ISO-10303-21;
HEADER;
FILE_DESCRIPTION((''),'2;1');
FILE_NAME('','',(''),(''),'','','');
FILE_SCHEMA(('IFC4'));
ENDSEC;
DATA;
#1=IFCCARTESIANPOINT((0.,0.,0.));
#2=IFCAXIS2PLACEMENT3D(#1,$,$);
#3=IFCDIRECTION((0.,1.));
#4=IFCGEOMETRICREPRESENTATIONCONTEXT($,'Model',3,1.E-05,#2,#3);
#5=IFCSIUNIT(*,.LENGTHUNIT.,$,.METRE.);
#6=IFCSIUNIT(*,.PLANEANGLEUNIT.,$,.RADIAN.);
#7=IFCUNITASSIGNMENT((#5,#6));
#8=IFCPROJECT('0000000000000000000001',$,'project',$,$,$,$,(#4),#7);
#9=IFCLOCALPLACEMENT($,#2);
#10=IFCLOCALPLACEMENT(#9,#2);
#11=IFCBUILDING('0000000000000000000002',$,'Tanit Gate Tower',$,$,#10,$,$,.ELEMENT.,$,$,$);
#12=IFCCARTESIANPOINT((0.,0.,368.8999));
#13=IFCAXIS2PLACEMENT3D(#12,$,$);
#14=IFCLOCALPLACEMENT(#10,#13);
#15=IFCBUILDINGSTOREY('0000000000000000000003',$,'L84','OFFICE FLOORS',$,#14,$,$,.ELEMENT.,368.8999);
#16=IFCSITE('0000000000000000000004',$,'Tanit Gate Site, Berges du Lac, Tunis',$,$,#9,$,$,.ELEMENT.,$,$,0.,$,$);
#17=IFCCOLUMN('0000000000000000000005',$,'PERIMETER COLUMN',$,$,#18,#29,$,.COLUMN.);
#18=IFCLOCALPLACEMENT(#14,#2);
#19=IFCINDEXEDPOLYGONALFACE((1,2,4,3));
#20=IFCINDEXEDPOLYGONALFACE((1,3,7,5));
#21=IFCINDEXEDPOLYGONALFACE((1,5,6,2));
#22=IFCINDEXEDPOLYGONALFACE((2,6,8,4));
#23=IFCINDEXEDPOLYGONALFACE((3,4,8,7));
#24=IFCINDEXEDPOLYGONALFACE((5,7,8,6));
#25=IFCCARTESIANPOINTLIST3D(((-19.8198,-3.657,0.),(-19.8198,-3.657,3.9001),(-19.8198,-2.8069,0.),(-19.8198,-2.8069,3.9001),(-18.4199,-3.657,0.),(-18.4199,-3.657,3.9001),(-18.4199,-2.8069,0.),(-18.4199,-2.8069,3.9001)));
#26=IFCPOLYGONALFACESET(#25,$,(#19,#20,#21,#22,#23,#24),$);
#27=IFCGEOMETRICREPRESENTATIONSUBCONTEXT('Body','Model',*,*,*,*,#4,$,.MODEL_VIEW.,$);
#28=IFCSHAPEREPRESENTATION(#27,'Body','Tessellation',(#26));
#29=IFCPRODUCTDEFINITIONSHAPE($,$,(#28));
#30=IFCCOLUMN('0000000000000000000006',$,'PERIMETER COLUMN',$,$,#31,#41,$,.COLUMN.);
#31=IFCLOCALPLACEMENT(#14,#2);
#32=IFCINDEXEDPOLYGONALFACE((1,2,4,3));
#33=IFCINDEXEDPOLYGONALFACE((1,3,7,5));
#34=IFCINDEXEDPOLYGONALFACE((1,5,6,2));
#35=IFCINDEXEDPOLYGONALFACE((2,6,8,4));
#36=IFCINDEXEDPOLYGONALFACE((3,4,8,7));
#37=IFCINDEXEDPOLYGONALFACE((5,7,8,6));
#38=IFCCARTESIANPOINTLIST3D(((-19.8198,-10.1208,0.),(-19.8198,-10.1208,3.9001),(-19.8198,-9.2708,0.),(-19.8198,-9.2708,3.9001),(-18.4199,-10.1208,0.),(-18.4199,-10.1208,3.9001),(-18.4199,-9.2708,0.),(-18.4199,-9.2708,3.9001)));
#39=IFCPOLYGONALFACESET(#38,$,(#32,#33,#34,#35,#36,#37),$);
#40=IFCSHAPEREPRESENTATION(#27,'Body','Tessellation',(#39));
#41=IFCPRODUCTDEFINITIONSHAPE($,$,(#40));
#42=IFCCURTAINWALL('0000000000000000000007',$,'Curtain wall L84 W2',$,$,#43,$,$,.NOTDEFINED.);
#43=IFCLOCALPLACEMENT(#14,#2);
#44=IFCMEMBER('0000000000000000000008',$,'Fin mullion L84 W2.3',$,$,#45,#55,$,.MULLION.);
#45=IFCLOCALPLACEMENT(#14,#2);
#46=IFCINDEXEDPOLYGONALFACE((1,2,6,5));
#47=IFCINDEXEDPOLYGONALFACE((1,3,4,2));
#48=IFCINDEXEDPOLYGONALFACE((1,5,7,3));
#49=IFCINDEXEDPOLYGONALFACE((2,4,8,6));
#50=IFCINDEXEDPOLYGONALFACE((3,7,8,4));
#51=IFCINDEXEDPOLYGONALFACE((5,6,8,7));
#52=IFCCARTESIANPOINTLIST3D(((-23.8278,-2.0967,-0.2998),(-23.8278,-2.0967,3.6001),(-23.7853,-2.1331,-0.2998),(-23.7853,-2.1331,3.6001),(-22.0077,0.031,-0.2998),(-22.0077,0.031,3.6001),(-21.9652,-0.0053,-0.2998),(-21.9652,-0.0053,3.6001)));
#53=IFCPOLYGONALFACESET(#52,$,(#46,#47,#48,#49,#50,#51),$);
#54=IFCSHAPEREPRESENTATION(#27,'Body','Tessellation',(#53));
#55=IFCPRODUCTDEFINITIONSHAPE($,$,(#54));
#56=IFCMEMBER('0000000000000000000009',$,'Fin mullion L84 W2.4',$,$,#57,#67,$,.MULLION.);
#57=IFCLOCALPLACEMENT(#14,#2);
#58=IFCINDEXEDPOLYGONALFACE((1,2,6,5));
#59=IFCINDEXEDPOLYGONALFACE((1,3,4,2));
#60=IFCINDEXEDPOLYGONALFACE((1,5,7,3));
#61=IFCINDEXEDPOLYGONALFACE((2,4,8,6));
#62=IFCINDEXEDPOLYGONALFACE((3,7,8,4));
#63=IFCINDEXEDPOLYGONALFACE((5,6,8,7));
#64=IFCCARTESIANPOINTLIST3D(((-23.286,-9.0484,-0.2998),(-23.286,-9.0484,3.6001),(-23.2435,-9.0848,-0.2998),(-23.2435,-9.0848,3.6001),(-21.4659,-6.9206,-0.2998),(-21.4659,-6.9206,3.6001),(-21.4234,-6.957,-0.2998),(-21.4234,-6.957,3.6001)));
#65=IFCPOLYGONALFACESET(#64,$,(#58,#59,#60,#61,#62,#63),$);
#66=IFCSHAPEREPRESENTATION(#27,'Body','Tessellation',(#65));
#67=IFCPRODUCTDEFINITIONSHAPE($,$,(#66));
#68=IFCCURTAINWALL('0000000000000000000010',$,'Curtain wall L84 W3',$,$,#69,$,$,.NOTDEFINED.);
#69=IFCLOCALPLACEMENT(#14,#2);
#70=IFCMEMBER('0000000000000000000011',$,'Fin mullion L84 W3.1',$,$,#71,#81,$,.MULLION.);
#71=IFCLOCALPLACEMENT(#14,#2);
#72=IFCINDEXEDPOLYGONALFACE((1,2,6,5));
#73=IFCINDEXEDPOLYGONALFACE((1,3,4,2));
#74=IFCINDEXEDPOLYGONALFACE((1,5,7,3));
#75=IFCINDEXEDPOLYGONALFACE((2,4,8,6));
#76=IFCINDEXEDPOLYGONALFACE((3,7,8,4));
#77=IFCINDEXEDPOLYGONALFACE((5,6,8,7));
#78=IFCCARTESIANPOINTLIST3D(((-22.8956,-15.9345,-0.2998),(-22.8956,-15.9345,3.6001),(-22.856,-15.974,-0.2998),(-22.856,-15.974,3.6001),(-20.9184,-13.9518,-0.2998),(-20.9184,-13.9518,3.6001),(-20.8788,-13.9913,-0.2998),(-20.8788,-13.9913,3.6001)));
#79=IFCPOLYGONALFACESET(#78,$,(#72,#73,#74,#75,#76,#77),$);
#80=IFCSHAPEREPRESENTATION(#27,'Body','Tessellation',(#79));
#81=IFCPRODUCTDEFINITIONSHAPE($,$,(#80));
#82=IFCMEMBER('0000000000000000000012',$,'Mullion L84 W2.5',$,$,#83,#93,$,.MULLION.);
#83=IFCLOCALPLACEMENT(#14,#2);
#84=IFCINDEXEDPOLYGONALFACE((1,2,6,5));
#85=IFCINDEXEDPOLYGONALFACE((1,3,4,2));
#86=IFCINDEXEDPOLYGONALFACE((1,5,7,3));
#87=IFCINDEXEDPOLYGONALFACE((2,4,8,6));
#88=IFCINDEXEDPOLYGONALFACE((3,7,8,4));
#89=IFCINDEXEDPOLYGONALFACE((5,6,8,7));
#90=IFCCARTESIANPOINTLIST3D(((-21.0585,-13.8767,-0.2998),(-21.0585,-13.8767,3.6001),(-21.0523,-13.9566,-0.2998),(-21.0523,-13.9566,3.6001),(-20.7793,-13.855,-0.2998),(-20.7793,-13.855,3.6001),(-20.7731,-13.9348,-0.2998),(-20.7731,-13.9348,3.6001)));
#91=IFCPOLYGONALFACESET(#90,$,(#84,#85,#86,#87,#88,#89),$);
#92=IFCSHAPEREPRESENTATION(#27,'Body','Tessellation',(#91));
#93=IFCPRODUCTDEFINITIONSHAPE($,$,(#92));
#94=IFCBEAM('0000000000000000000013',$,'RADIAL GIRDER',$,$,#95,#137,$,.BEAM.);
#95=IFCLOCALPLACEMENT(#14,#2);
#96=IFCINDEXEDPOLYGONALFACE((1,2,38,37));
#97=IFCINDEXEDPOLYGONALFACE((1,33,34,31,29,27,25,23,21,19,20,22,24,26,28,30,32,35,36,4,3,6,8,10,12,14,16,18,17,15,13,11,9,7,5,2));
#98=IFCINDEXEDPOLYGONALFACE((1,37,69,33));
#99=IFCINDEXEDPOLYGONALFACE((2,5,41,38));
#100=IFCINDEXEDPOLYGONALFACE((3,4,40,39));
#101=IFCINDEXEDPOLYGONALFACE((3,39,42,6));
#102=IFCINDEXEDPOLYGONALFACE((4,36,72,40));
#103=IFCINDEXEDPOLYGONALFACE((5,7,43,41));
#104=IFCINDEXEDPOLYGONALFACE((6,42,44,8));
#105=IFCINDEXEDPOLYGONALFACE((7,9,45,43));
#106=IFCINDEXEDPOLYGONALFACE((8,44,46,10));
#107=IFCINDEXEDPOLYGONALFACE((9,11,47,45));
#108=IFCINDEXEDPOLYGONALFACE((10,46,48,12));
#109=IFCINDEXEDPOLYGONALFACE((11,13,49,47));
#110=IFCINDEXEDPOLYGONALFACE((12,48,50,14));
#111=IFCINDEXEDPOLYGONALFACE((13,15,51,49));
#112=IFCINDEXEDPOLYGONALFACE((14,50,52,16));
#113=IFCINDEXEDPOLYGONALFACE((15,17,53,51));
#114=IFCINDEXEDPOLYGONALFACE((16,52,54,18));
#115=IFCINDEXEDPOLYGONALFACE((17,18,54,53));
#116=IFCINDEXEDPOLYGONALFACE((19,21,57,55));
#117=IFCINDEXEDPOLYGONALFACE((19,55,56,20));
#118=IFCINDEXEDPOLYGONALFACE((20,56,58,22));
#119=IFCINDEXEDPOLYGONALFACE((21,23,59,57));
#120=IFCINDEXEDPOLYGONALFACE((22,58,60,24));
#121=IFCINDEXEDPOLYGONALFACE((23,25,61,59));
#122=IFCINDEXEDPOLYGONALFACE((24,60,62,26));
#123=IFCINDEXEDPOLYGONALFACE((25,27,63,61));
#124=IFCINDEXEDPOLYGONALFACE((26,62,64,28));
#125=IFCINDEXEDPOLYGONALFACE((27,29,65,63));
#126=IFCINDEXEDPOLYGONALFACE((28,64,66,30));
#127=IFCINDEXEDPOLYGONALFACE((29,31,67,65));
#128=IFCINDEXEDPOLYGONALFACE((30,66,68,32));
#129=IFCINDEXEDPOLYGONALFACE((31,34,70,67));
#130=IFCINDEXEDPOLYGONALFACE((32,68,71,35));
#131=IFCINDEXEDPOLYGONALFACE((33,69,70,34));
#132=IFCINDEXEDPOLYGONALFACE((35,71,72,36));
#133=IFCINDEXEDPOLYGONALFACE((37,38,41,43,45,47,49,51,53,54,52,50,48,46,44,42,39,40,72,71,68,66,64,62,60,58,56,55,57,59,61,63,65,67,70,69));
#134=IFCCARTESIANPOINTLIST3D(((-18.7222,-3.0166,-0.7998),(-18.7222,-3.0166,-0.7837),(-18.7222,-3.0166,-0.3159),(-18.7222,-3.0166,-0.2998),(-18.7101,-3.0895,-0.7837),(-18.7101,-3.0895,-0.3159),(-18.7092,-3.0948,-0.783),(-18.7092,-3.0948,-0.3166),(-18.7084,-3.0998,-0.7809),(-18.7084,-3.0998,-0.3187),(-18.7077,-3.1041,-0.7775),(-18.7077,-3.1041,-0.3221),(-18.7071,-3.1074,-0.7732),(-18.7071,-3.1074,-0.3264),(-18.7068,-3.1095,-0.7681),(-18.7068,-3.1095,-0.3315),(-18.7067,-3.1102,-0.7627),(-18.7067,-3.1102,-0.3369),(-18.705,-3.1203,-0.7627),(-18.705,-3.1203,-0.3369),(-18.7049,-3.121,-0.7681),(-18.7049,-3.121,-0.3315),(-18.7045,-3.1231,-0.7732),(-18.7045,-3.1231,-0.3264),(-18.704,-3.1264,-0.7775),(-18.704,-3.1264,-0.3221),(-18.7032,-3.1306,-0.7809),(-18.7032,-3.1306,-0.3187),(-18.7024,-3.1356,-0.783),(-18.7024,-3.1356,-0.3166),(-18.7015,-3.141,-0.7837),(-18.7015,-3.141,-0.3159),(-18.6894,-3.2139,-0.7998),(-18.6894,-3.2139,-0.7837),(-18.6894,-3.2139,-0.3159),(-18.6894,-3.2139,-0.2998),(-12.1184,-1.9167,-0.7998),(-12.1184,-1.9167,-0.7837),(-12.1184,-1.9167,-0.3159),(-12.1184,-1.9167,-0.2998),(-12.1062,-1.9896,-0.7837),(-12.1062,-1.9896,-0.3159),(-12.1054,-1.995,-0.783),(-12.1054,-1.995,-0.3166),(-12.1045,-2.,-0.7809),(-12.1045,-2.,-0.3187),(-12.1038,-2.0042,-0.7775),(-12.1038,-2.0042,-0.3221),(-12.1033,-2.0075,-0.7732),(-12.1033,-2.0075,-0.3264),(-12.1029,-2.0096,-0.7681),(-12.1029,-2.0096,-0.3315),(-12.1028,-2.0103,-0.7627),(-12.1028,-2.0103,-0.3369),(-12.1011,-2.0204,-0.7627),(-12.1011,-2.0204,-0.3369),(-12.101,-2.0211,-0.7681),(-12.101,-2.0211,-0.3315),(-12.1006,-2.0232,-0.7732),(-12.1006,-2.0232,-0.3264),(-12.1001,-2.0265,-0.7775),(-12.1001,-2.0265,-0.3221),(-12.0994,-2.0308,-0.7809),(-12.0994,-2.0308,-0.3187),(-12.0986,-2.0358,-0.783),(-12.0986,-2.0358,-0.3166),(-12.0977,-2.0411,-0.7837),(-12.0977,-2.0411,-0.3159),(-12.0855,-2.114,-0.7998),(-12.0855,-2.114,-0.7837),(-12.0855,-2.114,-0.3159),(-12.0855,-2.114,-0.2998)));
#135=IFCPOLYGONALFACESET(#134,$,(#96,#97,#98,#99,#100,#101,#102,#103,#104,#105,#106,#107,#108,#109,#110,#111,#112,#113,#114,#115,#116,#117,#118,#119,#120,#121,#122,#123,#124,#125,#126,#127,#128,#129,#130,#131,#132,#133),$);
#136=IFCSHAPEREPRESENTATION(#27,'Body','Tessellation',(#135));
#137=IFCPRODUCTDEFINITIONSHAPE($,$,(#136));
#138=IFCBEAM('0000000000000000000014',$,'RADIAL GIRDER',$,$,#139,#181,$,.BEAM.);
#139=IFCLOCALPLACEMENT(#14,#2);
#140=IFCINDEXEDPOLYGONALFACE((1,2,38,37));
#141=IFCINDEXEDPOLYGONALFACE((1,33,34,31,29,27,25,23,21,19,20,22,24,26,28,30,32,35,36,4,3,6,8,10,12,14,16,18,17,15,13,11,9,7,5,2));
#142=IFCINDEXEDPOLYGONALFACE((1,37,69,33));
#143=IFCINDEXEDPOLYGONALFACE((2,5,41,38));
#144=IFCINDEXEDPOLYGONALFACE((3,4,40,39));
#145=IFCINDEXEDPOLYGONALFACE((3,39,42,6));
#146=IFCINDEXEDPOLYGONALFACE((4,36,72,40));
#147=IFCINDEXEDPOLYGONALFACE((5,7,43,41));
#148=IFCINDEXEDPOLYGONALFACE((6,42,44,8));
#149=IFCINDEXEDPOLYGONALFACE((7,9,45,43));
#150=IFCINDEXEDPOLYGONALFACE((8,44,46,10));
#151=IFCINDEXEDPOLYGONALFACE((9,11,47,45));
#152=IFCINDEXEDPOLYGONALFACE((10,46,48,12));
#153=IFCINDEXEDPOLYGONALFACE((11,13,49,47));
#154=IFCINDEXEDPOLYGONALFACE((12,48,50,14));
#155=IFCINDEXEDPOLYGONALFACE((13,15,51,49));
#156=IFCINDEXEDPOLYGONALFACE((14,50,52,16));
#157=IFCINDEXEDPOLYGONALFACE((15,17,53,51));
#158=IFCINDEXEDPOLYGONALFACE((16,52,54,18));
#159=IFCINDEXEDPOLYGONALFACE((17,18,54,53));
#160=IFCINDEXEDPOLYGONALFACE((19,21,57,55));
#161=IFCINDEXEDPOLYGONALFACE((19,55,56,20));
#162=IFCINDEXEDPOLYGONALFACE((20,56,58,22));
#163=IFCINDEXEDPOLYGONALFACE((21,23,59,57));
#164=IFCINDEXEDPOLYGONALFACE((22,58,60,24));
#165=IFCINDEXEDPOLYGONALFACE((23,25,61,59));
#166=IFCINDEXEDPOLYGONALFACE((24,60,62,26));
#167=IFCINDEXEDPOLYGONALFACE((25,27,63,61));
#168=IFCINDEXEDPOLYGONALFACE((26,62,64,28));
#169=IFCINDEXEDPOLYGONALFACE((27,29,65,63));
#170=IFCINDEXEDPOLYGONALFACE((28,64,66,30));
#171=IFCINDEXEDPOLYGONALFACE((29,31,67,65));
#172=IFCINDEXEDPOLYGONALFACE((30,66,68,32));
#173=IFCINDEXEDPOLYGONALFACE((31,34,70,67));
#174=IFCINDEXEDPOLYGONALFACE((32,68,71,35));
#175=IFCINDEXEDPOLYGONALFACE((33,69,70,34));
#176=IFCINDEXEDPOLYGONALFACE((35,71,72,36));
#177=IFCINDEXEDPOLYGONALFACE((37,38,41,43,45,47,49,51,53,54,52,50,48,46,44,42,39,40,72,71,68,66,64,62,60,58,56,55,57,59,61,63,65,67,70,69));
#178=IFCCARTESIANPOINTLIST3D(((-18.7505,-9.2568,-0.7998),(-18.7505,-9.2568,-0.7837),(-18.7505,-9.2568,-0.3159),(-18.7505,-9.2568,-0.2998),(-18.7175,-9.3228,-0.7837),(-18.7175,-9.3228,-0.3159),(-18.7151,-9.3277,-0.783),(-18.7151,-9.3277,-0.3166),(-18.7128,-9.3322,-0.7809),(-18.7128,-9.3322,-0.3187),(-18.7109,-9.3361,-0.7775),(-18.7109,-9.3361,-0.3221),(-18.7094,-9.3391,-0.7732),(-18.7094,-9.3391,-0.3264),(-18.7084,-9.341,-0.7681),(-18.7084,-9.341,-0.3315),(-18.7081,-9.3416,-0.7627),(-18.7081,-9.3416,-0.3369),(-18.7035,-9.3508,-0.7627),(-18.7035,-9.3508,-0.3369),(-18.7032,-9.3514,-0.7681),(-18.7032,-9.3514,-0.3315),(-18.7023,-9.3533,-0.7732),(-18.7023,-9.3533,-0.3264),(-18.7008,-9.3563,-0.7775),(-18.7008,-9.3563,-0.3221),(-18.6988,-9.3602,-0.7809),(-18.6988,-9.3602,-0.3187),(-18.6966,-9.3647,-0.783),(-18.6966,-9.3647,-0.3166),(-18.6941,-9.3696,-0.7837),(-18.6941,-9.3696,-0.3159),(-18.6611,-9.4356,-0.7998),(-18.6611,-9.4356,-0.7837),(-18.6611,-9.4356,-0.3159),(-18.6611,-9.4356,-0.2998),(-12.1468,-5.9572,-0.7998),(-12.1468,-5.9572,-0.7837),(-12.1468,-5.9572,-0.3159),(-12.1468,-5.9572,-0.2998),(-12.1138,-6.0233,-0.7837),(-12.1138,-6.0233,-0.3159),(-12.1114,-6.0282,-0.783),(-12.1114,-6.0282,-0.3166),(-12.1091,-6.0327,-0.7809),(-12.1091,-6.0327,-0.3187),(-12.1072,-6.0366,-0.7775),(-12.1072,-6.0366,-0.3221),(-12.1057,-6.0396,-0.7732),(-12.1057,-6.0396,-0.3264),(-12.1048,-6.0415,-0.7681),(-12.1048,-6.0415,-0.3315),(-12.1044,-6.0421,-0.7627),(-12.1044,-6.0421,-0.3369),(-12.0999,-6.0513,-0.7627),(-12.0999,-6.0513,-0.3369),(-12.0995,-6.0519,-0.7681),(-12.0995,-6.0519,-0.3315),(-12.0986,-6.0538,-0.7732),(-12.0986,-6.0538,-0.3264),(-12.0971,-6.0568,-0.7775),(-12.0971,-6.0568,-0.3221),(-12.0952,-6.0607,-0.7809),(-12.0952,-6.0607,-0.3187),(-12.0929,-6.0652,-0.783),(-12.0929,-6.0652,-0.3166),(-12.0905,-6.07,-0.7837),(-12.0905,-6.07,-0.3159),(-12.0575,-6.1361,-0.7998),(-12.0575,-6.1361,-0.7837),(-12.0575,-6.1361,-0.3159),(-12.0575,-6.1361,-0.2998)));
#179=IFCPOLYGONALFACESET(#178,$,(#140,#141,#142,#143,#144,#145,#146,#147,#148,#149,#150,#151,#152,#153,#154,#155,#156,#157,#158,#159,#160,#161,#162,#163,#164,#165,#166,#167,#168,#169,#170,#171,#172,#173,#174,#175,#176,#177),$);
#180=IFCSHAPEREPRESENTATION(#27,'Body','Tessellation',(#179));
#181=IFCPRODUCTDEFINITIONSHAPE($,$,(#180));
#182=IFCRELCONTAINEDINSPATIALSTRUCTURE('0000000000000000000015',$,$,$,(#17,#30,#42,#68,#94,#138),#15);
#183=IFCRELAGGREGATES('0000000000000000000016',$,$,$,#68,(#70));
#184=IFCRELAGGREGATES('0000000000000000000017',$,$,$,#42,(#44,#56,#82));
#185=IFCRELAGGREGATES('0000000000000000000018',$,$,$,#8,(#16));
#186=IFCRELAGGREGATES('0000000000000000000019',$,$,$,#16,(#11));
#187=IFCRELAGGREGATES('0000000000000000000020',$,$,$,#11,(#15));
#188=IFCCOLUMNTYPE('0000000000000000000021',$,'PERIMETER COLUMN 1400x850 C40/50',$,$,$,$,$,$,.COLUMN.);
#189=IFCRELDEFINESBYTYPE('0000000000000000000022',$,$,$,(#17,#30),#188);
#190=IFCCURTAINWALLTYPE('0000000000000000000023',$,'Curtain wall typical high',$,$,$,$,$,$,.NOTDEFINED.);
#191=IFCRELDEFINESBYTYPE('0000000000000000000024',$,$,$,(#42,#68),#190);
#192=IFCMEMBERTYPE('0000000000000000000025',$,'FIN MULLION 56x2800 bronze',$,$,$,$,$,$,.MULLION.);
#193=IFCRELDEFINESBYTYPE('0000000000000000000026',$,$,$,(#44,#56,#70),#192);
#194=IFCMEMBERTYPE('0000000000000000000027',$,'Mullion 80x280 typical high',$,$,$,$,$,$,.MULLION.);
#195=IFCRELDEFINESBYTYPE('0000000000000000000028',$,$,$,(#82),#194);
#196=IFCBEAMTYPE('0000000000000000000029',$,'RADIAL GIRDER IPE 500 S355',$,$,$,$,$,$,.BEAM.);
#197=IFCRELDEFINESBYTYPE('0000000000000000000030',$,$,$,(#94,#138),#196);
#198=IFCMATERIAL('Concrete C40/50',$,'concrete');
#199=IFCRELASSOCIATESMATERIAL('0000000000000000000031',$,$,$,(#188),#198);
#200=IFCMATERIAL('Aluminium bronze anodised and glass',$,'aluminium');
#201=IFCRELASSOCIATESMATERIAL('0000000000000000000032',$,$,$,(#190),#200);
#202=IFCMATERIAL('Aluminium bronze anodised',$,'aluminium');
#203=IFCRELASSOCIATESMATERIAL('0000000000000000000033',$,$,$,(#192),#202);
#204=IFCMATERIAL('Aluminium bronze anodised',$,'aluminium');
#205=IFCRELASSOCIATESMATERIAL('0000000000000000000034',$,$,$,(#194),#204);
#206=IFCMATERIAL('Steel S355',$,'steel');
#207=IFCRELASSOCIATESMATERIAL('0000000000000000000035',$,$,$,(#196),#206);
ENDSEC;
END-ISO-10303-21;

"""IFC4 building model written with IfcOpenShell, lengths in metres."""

from ifc_helpers import new_model, si_unit, direction, frame, origin, origin_2d, place, context, subcontext, project, spatial, rectangle, i_section, extrude, material, material_profile, profile_set, type_object, element, aggregate, save


model = new_model("IFC4")

# Units and contexts
model_context = context("Model", 3, precision=1e-05, world=origin(), true_north=direction((0.0, 1.0)))
body_context = subcontext(model_context, "Body", "Model", "MODEL_VIEW")
ifc_project = project(units=[si_unit("LENGTHUNIT", "METRE"), si_unit("PLANEANGLEUNIT", "RADIAN")], contexts=[model_context])

# Site, building, storey
site_placement = place(None, origin())
site = spatial("IfcSite", under=ifc_project, at=site_placement, Name="Tanit Gate Site, Berges du Lac, Tunis", CompositionType="ELEMENT", RefElevation=0.0)
building_placement = place(site_placement, origin())
building = spatial("IfcBuilding", under=site, at=building_placement, Name="Tanit Gate Tower", CompositionType="ELEMENT")
storey_placement = place(building_placement, frame((0.0, 0.0, 368.8999)))
storey = spatial("IfcBuildingStorey", under=building, at=storey_placement, Name="L84", Description="OFFICE FLOORS", CompositionType="ELEMENT", Elevation=368.8999)

# Columns
ifc_material_1 = material(Name="Concrete C40/50", Category="concrete")
ifc_material_profile_1 = material_profile(ifc_material_1, rectangle(XDim=1.3999, YDim=0.8501, at=origin_2d()), Name="RC 1400x850")
ifc_profile_set_1 = profile_set([ifc_material_profile_1], Name="Concrete C40/50")
column_type = type_object("IfcColumnType", Name="PERIMETER COLUMN 1400x850 C40/50", PredefinedType="COLUMN", material=ifc_profile_set_1)
for number, where, z_axis, x_axis, name in (
    (1, (-19.1199, -3.2319, 0.0), (0.0, 0.0, 1.0), (-1.0, 0.0, 0.0), "PERIMETER COLUMN"),
    (2, (-19.1199, -9.6958, 0.0), (0.0, 0.0, 1.0), (-1.0, 0.0, 0.0), "PERIMETER COLUMN"),
):
    element("IfcColumn", number, at=place(storey_placement, frame(where, z_axis=z_axis, x_axis=x_axis)), inside=storey, type_object=column_type, Name=name, PredefinedType="COLUMN", context=body_context, shape_type="SweptSolid", body=[
        extrude(rectangle(XDim=1.3999, YDim=0.8501, at=origin_2d()), origin(), (0.0, 0.0, 1.0), 3.9001),
    ])

# Curtain wall, members
ifc_material_2 = material(Name="Aluminium bronze anodised and glass", Category="aluminium")
curtain_wall_type = type_object("IfcCurtainWallType", Name="Curtain wall typical high", PredefinedType="NOTDEFINED", material=ifc_material_2)
curtain_wall_1_placement = place(storey_placement, origin())
curtain_wall_1 = element("IfcCurtainWall", 3, at=curtain_wall_1_placement, inside=storey, type_object=curtain_wall_type, Name="Curtain wall L84 W2", PredefinedType="NOTDEFINED")
ifc_material_3 = material(Name="Aluminium bronze anodised", Category="aluminium")
ifc_material_profile_2 = material_profile(ifc_material_3, rectangle(XDim=2.8, YDim=0.0559, at=origin_2d()), Name="56x2800 bronze fin mullion")
ifc_profile_set_2 = profile_set([ifc_material_profile_2], Name="Aluminium bronze anodised")
member_type_1 = type_object("IfcMemberType", Name="FIN MULLION 56x2800 bronze", PredefinedType="MULLION", material=ifc_profile_set_2)
member_1_placement = place(storey_placement, frame((-22.8965, -1.051, -0.2998), z_axis=(0.0, 0.0, 1.0), x_axis=(0.650026, 0.759912, 0.0)))
member_1 = element("IfcMember", 4, at=member_1_placement, type_object=member_type_1, Name="Fin mullion L84 W2.3", PredefinedType="MULLION", context=body_context, shape_type="SweptSolid", body=[
    extrude(rectangle(XDim=2.8, YDim=0.0559, at=origin_2d()), origin(), (0.0, 0.0, 1.0), 3.8999),
])
member_2_placement = place(storey_placement, frame((-22.3547, -8.0027, -0.2998), z_axis=(0.0, 0.0, 1.0), x_axis=(0.650026, 0.759912, 0.0)))
member_2 = element("IfcMember", 5, at=member_2_placement, type_object=member_type_1, Name="Fin mullion L84 W2.4", PredefinedType="MULLION", context=body_context, shape_type="SweptSolid", body=[
    extrude(rectangle(XDim=2.8, YDim=0.0559, at=origin_2d()), origin(), (0.0, 0.0, 1.0), 3.8999),
])

# Curtain wall, member
curtain_wall_2_placement = place(storey_placement, origin())
curtain_wall_2 = element("IfcCurtainWall", 6, at=curtain_wall_2_placement, inside=storey, type_object=curtain_wall_type, Name="Curtain wall L84 W3", PredefinedType="NOTDEFINED")
member_3_placement = place(storey_placement, frame((-21.8872, -14.9629, -0.2998), z_axis=(0.0, 0.0, 1.0), x_axis=(0.706136, 0.708076, 0.0)))
member_3 = element("IfcMember", 7, at=member_3_placement, type_object=member_type_1, Name="Fin mullion L84 W3.1", PredefinedType="MULLION", context=body_context, shape_type="SweptSolid", body=[
    extrude(rectangle(XDim=2.8, YDim=0.0559, at=origin_2d()), origin(), (0.0, 0.0, 1.0), 3.8999),
])

# Member
ifc_material_4 = material(Name="Aluminium bronze anodised", Category="aluminium")
ifc_material_profile_3 = material_profile(ifc_material_4, rectangle(XDim=0.28, YDim=0.0801, at=origin_2d()), Name="80x280 bronze mullion")
ifc_profile_set_3 = profile_set([ifc_material_profile_3], Name="Aluminium bronze anodised")
member_type_2 = type_object("IfcMemberType", Name="Mullion 80x280 typical high", PredefinedType="MULLION", material=ifc_profile_set_3)
member_4_placement = place(storey_placement, frame((-20.9158, -13.9058, -0.2998), z_axis=(0.0, 0.0, 1.0), x_axis=(0.996977, 0.077701, 0.0)))
member_4 = element("IfcMember", 8, at=member_4_placement, type_object=member_type_2, Name="Mullion L84 W2.5", PredefinedType="MULLION", context=body_context, shape_type="SweptSolid", body=[
    extrude(rectangle(XDim=0.28, YDim=0.0801, at=origin_2d()), origin(), (0.0, 0.0, 1.0), 3.8999),
])

# Beams
ifc_material_5 = material(Name="Steel S355", Category="steel")
ifc_material_profile_4 = material_profile(ifc_material_5, i_section(OverallWidth=0.2, OverallDepth=0.5, WebThickness=0.0103, FlangeThickness=0.0161, FilletRadius=0.021, at=origin_2d()), Name="IPE 500")
ifc_profile_set_4 = profile_set([ifc_material_profile_4], Name="Steel S355")
beam_type_1 = type_object("IfcBeamType", Name="RADIAL GIRDER IPE 500 S355", PredefinedType="BEAM", material=ifc_profile_set_4)
beam_1_placement = place(storey_placement, frame((-18.7058, -3.1152, -0.5498), z_axis=(0.986413, 0.164287, 0.0), x_axis=(-0.164287, 0.986413, 0.0)))
element("IfcBeam", 9, at=beam_1_placement, inside=storey, type_object=beam_type_1, Name="RADIAL GIRDER", PredefinedType="BEAM", context=body_context, shape_type="SweptSolid", body=[
    extrude(i_section(OverallWidth=0.2, OverallDepth=0.5, WebThickness=0.0103, FlangeThickness=0.0161, FilletRadius=0.021, at=origin_2d()), origin(), (0.0, 0.0, 1.0), 6.6948),
])
beam_2_placement = place(storey_placement, frame((-18.7058, -9.3462, -0.5498), z_axis=(0.894553, 0.446962, 0.0), x_axis=(-0.446962, 0.894553, 0.0)))
element("IfcBeam", 10, at=beam_2_placement, inside=storey, type_object=beam_type_1, Name="RADIAL GIRDER", PredefinedType="BEAM", context=body_context, shape_type="SweptSolid", body=[
    extrude(i_section(OverallWidth=0.2, OverallDepth=0.5, WebThickness=0.0103, FlangeThickness=0.0161, FilletRadius=0.021, at=origin_2d()), origin(), (0.0, 0.0, 1.0), 7.3821),
])

aggregate(curtain_wall_2, [member_3])

aggregate(curtain_wall_1, [member_1, member_2, member_4])

save(model, "model.ifc")
